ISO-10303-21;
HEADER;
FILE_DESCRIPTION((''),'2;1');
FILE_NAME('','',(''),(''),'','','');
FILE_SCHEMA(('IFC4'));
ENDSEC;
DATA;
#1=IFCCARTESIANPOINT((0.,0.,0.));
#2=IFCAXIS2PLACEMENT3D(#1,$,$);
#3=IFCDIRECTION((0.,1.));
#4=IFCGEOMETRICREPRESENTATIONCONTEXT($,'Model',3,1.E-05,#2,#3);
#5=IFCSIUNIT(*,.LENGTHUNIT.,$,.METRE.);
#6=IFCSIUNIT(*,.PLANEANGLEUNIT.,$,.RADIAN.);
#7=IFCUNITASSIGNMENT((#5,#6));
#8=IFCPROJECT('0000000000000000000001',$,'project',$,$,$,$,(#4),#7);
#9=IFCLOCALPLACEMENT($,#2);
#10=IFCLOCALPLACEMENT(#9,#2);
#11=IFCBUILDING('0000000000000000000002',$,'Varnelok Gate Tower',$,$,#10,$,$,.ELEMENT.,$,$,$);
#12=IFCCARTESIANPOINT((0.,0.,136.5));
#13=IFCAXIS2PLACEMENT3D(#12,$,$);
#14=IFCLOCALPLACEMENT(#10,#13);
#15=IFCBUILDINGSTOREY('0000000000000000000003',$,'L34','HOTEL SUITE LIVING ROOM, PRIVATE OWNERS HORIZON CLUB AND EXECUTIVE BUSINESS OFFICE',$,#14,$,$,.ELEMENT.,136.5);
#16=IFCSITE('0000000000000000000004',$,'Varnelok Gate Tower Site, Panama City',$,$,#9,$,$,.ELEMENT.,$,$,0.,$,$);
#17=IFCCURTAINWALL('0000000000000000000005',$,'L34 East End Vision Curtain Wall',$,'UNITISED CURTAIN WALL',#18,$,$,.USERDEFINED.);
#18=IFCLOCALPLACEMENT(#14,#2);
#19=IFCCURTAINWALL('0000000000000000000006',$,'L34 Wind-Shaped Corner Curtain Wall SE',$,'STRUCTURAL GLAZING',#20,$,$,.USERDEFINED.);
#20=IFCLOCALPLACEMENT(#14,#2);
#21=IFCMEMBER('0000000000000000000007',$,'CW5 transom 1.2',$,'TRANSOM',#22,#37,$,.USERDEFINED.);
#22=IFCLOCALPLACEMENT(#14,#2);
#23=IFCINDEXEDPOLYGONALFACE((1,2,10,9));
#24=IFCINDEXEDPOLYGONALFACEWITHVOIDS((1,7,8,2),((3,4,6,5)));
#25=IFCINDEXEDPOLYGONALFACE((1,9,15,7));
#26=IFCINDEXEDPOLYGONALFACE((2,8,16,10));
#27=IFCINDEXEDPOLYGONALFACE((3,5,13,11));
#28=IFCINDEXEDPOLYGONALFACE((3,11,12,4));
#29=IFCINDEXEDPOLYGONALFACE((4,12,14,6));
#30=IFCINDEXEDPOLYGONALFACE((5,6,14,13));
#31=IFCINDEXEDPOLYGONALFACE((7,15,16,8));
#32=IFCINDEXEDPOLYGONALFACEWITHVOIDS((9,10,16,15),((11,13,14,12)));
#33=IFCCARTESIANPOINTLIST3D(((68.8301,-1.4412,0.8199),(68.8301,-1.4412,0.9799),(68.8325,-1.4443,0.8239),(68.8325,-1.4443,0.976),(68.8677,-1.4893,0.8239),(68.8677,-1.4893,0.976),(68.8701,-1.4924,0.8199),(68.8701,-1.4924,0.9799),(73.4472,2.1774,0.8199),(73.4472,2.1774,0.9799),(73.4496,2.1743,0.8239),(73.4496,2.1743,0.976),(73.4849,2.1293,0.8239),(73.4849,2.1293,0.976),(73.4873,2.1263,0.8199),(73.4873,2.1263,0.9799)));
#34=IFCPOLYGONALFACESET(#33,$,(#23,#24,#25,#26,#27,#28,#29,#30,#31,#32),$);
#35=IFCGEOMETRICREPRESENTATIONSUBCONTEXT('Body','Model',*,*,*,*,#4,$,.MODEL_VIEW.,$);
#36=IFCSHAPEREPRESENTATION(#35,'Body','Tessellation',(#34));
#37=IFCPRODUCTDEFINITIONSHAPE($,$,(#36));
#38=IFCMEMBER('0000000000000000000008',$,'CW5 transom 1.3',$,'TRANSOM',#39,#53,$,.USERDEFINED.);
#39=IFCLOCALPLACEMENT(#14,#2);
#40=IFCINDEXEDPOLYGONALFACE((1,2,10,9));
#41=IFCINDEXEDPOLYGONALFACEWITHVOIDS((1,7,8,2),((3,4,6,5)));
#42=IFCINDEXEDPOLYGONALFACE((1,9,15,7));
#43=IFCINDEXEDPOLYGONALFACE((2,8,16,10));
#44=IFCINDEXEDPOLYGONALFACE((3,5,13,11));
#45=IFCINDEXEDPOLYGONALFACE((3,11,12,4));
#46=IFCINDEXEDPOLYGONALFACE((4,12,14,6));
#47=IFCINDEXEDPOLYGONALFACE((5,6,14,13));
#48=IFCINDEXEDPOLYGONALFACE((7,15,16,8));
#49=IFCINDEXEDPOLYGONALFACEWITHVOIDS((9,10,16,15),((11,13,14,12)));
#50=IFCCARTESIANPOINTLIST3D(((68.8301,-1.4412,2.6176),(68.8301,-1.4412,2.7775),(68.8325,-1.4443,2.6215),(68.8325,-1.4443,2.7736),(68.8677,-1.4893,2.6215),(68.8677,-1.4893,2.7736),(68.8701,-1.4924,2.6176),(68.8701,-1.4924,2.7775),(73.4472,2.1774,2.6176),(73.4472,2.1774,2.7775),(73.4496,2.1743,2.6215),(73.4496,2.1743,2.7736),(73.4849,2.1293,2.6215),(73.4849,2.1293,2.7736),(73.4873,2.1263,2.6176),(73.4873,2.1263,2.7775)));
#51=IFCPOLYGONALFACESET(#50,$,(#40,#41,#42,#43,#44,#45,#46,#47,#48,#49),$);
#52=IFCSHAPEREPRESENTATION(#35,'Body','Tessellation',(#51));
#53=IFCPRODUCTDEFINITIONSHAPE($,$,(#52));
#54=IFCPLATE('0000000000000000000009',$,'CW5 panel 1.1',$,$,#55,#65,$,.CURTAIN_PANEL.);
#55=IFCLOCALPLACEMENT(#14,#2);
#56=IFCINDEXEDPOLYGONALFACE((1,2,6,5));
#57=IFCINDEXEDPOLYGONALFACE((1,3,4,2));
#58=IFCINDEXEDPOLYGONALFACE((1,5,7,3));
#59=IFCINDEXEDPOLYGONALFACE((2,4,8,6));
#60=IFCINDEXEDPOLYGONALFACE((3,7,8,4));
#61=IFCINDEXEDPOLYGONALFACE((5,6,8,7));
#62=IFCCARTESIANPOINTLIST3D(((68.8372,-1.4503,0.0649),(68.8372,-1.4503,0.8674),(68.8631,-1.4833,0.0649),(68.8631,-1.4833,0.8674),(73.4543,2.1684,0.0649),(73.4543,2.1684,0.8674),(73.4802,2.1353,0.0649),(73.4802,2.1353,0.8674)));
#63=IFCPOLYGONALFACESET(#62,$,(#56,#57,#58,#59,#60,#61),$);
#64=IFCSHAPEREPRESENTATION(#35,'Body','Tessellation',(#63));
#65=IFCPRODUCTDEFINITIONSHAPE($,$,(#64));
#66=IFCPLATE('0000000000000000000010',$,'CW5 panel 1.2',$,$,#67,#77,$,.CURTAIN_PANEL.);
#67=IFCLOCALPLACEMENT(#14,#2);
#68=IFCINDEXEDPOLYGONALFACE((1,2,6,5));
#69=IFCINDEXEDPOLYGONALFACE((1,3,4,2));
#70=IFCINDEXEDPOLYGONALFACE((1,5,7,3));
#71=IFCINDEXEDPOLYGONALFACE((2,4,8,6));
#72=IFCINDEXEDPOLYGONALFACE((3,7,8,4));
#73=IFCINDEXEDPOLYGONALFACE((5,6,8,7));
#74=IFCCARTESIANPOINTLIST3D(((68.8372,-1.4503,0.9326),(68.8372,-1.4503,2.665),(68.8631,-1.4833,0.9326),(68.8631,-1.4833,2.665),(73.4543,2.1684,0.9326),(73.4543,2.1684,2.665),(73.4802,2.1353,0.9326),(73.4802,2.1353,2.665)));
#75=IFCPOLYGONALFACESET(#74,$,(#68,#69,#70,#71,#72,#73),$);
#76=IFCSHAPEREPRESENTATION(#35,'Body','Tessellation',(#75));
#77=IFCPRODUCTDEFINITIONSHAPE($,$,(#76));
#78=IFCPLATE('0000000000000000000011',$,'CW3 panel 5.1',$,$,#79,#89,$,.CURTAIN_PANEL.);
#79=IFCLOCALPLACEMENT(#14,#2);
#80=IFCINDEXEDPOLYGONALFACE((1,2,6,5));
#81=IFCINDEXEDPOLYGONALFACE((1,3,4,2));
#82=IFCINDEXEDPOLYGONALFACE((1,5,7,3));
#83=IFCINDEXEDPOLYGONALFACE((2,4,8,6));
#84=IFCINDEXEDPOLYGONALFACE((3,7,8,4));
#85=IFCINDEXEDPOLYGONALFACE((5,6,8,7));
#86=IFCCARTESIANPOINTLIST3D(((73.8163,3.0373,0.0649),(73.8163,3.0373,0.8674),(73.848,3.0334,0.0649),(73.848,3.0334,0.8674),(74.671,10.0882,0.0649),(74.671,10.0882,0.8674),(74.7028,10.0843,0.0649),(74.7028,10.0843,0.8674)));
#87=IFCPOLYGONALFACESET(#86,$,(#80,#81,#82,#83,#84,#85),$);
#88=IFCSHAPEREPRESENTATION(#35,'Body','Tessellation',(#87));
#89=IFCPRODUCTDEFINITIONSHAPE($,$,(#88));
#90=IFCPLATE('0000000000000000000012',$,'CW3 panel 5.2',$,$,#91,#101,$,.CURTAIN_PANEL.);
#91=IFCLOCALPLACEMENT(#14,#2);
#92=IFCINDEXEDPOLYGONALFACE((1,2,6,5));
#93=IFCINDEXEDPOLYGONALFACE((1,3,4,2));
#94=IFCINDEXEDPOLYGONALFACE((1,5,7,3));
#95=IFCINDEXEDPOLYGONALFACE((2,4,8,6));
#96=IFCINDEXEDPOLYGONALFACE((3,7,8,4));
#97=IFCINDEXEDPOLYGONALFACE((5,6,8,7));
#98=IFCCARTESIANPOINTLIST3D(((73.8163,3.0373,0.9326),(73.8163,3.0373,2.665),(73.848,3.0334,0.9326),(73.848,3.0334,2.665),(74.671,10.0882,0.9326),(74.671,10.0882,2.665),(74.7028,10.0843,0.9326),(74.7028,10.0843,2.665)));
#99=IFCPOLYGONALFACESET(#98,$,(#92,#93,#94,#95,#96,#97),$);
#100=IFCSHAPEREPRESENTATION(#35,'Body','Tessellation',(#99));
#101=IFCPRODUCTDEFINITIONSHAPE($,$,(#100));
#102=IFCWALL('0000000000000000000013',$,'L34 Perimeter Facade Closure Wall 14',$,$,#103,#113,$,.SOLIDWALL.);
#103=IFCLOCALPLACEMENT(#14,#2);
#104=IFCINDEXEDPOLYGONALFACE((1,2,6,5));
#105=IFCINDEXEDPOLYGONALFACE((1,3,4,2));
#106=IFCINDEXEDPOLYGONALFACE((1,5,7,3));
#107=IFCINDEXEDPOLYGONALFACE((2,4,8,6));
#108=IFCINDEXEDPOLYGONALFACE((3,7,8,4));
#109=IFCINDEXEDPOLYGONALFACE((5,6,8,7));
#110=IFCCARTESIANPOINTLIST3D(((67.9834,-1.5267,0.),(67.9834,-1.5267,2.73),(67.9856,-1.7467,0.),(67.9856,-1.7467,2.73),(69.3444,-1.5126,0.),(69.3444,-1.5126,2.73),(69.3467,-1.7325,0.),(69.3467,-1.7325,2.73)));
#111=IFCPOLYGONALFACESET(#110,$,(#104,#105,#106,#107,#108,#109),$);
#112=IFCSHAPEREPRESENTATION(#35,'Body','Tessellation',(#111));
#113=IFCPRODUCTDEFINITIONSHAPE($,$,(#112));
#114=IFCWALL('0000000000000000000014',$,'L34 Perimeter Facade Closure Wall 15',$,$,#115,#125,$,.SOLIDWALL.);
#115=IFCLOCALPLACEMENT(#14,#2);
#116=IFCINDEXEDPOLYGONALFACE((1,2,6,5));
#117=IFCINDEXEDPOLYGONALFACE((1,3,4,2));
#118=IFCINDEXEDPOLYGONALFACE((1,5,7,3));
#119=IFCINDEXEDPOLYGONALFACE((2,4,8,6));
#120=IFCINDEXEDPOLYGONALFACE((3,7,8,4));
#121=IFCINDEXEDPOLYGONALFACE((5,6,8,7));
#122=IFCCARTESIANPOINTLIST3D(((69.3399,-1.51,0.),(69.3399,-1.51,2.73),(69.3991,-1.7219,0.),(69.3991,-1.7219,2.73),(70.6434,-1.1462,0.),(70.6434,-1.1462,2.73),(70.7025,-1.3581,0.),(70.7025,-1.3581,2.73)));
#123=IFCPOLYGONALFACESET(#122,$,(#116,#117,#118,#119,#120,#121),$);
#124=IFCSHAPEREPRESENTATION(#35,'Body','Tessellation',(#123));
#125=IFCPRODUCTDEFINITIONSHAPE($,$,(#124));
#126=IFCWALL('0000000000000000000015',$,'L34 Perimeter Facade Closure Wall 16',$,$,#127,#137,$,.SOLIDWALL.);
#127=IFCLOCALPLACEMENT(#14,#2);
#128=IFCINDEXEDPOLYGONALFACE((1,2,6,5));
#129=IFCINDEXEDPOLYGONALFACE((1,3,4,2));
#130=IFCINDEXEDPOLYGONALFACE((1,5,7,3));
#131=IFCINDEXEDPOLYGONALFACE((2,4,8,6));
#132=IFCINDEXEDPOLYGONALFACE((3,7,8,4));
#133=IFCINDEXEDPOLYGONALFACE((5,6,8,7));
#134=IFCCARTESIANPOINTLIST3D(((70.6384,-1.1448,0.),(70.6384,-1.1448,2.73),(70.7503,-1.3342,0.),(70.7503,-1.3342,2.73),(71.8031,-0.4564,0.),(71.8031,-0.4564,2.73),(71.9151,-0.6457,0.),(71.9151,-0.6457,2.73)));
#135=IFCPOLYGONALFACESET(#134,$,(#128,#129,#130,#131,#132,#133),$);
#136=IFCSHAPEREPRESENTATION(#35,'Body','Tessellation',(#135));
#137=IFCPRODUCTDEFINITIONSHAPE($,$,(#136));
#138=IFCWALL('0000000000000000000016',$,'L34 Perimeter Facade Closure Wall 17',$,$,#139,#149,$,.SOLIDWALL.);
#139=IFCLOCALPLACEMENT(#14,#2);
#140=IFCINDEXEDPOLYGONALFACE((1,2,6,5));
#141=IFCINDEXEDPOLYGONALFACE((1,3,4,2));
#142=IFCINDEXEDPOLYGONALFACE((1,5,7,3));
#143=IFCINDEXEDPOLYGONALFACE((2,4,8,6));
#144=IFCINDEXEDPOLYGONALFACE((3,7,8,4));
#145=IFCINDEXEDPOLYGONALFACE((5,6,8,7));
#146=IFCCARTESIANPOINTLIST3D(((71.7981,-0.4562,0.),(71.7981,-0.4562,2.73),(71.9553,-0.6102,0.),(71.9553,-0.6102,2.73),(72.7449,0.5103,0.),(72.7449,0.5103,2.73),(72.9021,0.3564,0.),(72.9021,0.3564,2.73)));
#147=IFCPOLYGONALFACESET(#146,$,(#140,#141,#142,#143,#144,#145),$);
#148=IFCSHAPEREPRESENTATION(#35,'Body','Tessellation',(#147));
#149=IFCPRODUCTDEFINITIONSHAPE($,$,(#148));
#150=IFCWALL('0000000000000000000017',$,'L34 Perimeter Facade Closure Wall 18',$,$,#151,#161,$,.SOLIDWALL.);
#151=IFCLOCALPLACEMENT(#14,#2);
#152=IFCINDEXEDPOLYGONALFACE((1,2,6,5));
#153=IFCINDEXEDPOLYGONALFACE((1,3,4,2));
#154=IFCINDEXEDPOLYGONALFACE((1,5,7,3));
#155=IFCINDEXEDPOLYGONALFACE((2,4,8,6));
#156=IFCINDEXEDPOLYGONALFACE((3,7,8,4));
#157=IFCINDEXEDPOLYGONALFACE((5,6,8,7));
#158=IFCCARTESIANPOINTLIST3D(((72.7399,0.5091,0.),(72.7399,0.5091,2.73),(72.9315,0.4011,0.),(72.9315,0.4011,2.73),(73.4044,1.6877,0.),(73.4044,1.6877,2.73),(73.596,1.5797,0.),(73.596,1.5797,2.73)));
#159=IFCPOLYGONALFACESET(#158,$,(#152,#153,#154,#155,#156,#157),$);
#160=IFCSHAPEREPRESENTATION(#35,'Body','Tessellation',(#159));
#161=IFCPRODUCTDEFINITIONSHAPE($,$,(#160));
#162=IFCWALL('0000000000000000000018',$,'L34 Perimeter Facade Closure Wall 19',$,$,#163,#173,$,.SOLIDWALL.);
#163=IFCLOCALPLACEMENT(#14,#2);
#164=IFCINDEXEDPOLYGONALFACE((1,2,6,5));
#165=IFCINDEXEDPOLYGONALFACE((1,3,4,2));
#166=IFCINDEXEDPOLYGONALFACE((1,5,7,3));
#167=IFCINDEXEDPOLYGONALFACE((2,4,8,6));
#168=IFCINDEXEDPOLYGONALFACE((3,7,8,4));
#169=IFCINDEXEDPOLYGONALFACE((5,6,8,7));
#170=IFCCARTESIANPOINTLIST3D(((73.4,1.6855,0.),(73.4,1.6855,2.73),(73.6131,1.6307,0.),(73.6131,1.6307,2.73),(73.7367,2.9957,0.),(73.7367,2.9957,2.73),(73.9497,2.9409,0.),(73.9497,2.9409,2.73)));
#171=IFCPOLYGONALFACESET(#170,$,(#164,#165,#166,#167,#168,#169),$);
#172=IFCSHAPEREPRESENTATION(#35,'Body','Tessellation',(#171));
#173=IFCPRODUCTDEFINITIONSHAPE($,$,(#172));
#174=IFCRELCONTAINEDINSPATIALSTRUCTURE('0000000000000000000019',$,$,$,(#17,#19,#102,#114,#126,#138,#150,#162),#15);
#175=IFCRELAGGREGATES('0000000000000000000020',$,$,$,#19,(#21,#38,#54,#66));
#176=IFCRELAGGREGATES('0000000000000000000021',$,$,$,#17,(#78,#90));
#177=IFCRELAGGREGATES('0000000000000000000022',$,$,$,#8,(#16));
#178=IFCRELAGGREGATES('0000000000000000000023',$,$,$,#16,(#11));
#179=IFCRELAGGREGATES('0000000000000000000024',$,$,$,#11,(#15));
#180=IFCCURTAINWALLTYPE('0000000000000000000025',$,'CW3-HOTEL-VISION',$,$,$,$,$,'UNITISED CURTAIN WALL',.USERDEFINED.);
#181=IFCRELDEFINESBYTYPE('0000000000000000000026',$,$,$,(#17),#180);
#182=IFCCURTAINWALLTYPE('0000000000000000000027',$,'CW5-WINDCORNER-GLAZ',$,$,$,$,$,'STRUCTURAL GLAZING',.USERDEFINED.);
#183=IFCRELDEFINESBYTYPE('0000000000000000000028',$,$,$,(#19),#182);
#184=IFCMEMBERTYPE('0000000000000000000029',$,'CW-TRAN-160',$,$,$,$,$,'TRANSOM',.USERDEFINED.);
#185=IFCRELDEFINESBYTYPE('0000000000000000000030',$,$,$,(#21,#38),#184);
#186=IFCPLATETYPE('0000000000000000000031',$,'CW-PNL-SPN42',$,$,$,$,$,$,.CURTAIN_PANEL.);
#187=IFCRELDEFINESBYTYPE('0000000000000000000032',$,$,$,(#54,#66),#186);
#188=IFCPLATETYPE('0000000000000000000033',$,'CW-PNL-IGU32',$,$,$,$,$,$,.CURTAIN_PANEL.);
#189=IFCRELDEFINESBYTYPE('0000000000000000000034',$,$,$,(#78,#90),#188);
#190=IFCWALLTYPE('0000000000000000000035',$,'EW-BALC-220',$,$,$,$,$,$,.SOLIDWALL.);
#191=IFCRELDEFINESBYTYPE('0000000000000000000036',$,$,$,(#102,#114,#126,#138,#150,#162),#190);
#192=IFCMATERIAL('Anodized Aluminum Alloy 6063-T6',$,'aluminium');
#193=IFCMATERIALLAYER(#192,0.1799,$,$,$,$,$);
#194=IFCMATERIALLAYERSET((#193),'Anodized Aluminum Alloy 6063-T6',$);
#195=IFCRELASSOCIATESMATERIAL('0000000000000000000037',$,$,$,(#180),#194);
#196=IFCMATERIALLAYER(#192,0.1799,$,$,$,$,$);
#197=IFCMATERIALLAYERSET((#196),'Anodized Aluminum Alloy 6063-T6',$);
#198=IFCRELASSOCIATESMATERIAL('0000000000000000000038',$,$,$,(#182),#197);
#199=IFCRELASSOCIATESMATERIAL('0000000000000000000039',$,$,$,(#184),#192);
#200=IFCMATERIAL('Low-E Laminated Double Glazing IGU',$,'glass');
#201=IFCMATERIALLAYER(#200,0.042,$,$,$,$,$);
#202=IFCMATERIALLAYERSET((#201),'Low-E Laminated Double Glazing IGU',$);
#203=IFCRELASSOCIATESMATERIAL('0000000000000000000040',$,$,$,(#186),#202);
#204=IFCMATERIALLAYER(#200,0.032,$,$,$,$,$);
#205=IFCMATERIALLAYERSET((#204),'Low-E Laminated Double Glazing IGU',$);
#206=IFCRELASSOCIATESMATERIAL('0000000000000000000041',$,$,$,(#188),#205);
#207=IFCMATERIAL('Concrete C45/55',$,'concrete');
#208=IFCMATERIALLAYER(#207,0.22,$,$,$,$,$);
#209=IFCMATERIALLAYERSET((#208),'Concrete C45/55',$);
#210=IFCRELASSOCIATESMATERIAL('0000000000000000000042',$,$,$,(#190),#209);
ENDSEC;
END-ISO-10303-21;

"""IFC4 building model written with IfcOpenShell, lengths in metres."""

from ifc_helpers import new_model, si_unit, direction, frame, frame_2d, origin, origin_2d, place, context, subcontext, project, spatial, rectangle, hollow_rectangle, extrude, source, transform, mapped, material, layer, layer_set, material_profile, profile_set, type_object, element, aggregate, save


model = new_model("IFC4")

# Units and contexts
model_context = context("Model", 3, precision=1e-05, world=origin(), true_north=direction((0.0, 1.0)))
body_context = subcontext(model_context, "Body", "Model", "MODEL_VIEW")
ifc_project = project(units=[si_unit("LENGTHUNIT", "METRE"), si_unit("PLANEANGLEUNIT", "RADIAN")], contexts=[model_context])

# Site, building, storey
site_placement = place(None, origin())
site = spatial("IfcSite", under=ifc_project, at=site_placement, Name="Varnelok Gate Tower Site, Panama City", CompositionType="ELEMENT", RefElevation=0.0)
building_placement = place(site_placement, origin())
building = spatial("IfcBuilding", under=site, at=building_placement, Name="Varnelok Gate Tower", CompositionType="ELEMENT")
storey_placement = place(building_placement, frame((0.0, 0.0, 136.5)))
storey = spatial("IfcBuildingStorey", under=building, at=storey_placement, Name="L34", Description="HOTEL SUITE LIVING ROOM, PRIVATE OWNERS HORIZON CLUB AND EXECUTIVE BUSINESS OFFICE", CompositionType="ELEMENT", Elevation=136.5)

# Curtain walls
ifc_material_1 = material(Name="Anodized Aluminum Alloy 6063-T6", Category="aluminium")
ifc_layer_1 = layer(ifc_material_1, 0.1799)
ifc_layer_set_1 = layer_set([ifc_layer_1], Name="Anodized Aluminum Alloy 6063-T6")
curtain_wall_type_1 = type_object("IfcCurtainWallType", Name="CW3-HOTEL-VISION", ElementType="UNITISED CURTAIN WALL", PredefinedType="USERDEFINED", material=ifc_layer_set_1)
curtain_wall_1_placement = place(storey_placement, origin())
curtain_wall_1 = element("IfcCurtainWall", 1, at=curtain_wall_1_placement, inside=storey, type_object=curtain_wall_type_1, Name="L34 East End Vision Curtain Wall", ObjectType="UNITISED CURTAIN WALL", PredefinedType="USERDEFINED")
ifc_layer_2 = layer(ifc_material_1, 0.1799)
ifc_layer_set_2 = layer_set([ifc_layer_2], Name="Anodized Aluminum Alloy 6063-T6")
curtain_wall_type_2 = type_object("IfcCurtainWallType", Name="CW5-WINDCORNER-GLAZ", ElementType="STRUCTURAL GLAZING", PredefinedType="USERDEFINED", material=ifc_layer_set_2)
curtain_wall_2_placement = place(storey_placement, origin())
curtain_wall_2 = element("IfcCurtainWall", 2, at=curtain_wall_2_placement, inside=storey, type_object=curtain_wall_type_2, Name="L34 Wind-Shaped Corner Curtain Wall SE", ObjectType="STRUCTURAL GLAZING", PredefinedType="USERDEFINED")

# Members
ifc_material_profile_1 = material_profile(ifc_material_1, hollow_rectangle(XDim=0.0649, YDim=0.1599, WallThickness=0.0039, at=origin_2d()), Name="ALU160X65X4")
ifc_profile_set_1 = profile_set([ifc_material_profile_1], Name="Anodized Aluminum Alloy 6063-T6")
member_type_1 = type_object("IfcMemberType", Name="CW-TRAN-160", ElementType="TRANSOM", PredefinedType="USERDEFINED", material=ifc_profile_set_1)
member_1_placement = place(storey_placement, frame((68.8501, -1.4668, 0.8999), z_axis=(0.787074, 0.616858, 0.0), x_axis=(-0.616858, 0.787074, 0.0)))
member_1 = element("IfcMember", 3, at=member_1_placement, type_object=member_type_1, Name="CW5 transom 1.2", ObjectType="TRANSOM", PredefinedType="USERDEFINED", context=body_context, shape_type="SweptSolid", body=[
    extrude(hollow_rectangle(XDim=0.0649, YDim=0.1599, WallThickness=0.0039, at=origin_2d()), origin(), (0.0, 0.0, 1.0), 5.8662),
])
member_2_placement = place(storey_placement, frame((68.8501, -1.4668, 2.6975), z_axis=(0.787074, 0.616858, 0.0), x_axis=(-0.616858, 0.787074, 0.0)))
member_2 = element("IfcMember", 4, at=member_2_placement, type_object=member_type_1, Name="CW5 transom 1.3", ObjectType="TRANSOM", PredefinedType="USERDEFINED", context=body_context, shape_type="SweptSolid", body=[
    extrude(hollow_rectangle(XDim=0.0649, YDim=0.1599, WallThickness=0.0039, at=origin_2d()), origin(), (0.0, 0.0, 1.0), 5.8662),
])

# Plates
ifc_material_2 = material(Name="Low-E Laminated Double Glazing IGU", Category="glass")
ifc_layer_3 = layer(ifc_material_2, 0.042)
ifc_layer_set_3 = layer_set([ifc_layer_3], Name="Low-E Laminated Double Glazing IGU")
plate_type_1 = type_object("IfcPlateType", Name="CW-PNL-SPN42", PredefinedType="CURTAIN_PANEL", material=ifc_layer_set_3)
shared_shape_1 = source(origin(), body_context, "Body", "SweptSolid", [
    extrude(rectangle(XDim=5.8662, YDim=0.042, at=origin_2d()), origin(), (0.0, 0.0, 1.0), 0.8025),
])
plate_1_placement = place(storey_placement, frame((71.1587, 0.3425, 0.0649), z_axis=(0.0, 0.0, 1.0), x_axis=(0.787069, 0.616864, 0.0)))
plate_1 = element("IfcPlate", 5, at=plate_1_placement, type_object=plate_type_1, Name="CW5 panel 1.1", PredefinedType="CURTAIN_PANEL", context=body_context, shape_type="MappedRepresentation", body=[
    mapped(shared_shape_1, transform((0.0, 0.0, 0.0), scale=1.0)),
])
shared_shape_2 = source(origin(), body_context, "Body", "SweptSolid", [
    extrude(rectangle(XDim=5.8662, YDim=0.042, at=origin_2d()), origin(), (0.0, 0.0, 1.0), 1.7324),
])
plate_2_placement = place(storey_placement, frame((71.1587, 0.3425, 0.9326), z_axis=(0.0, 0.0, 1.0), x_axis=(0.787069, 0.616864, 0.0)))
plate_2 = element("IfcPlate", 6, at=plate_2_placement, type_object=plate_type_1, Name="CW5 panel 1.2", PredefinedType="CURTAIN_PANEL", context=body_context, shape_type="MappedRepresentation", body=[
    mapped(shared_shape_2, transform((0.0, 0.0, 0.0), scale=1.0)),
])
aggregate(curtain_wall_2, [member_1, member_2, plate_1, plate_2])
ifc_layer_4 = layer(ifc_material_2, 0.032)
ifc_layer_set_4 = layer_set([ifc_layer_4], Name="Low-E Laminated Double Glazing IGU")
plate_type_2 = type_object("IfcPlateType", Name="CW-PNL-IGU32", PredefinedType="CURTAIN_PANEL", material=ifc_layer_set_4)
shared_shape_3 = source(origin(), body_context, "Body", "SweptSolid", [
    extrude(rectangle(XDim=7.1025, YDim=0.032, at=origin_2d()), origin(), (0.0, 0.0, 1.0), 0.8025),
])
plate_3_placement = place(storey_placement, frame((74.2595, 6.5608, 0.0649), z_axis=(0.0, 0.0, 1.0), x_axis=(-0.120347, -0.992732, 0.0)))
plate_3 = element("IfcPlate", 7, at=plate_3_placement, type_object=plate_type_2, Name="CW3 panel 5.1", PredefinedType="CURTAIN_PANEL", context=body_context, shape_type="MappedRepresentation", body=[
    mapped(shared_shape_3, transform((0.0, 0.0, 0.0), scale=1.0)),
])
shared_shape_4 = source(origin(), body_context, "Body", "SweptSolid", [
    extrude(rectangle(XDim=7.1025, YDim=0.032, at=origin_2d()), origin(), (0.0, 0.0, 1.0), 1.7324),
])
plate_4_placement = place(storey_placement, frame((74.2595, 6.5608, 0.9326), z_axis=(0.0, 0.0, 1.0), x_axis=(-0.120347, -0.992732, 0.0)))
plate_4 = element("IfcPlate", 8, at=plate_4_placement, type_object=plate_type_2, Name="CW3 panel 5.2", PredefinedType="CURTAIN_PANEL", context=body_context, shape_type="MappedRepresentation", body=[
    mapped(shared_shape_4, transform((0.0, 0.0, 0.0), scale=1.0)),
])
aggregate(curtain_wall_1, [plate_3, plate_4])

# Walls
ifc_material_3 = material(Name="Concrete C45/55", Category="concrete")
ifc_layer_5 = layer(ifc_material_3, 0.22)
ifc_layer_set_5 = layer_set([ifc_layer_5], Name="Concrete C45/55")
wall_type = type_object("IfcWallType", Name="EW-BALC-220", PredefinedType="SOLIDWALL", material=ifc_layer_set_5)
wall_1_placement = place(storey_placement, frame((67.9844, -1.6367, 0.0), z_axis=(0.0, 0.0, 1.0), x_axis=(0.999946, 0.010403, 0.0)))
element("IfcWall", 9, at=wall_1_placement, inside=storey, type_object=wall_type, Name="L34 Perimeter Facade Closure Wall 14", PredefinedType="SOLIDWALL", context=body_context, shape_type="SweptSolid", body=[
    extrude(rectangle(XDim=1.3611, YDim=0.22, at=frame_2d((0.6807, 0.0))), origin(), (0.0, 0.0, 1.0), 2.73),
])
wall_2_placement = place(storey_placement, frame((69.3694, -1.616, 0.0), z_axis=(0.0, 0.0, 1.0), x_axis=(0.963194, 0.268807, 0.0)))
element("IfcWall", 10, at=wall_2_placement, inside=storey, type_object=wall_type, Name="L34 Perimeter Facade Closure Wall 15", PredefinedType="SOLIDWALL", context=body_context, shape_type="SweptSolid", body=[
    extrude(rectangle(XDim=1.3533, YDim=0.22, at=frame_2d((0.6768, 0.0))), origin(), (0.0, 0.0, 1.0), 2.73),
])
for number, where, z_axis, x_axis, name in (
    (11, (70.6943, -1.2395, 0.0), (0.0, 0.0, 1.0), (0.860865, 0.508833, 0.0), "L34 Perimeter Facade Closure Wall 16"),
    (12, (71.8767, -0.5332, 0.0), (0.0, 0.0, 1.0), (0.699761, 0.714377, 0.0), "L34 Perimeter Facade Closure Wall 17"),
    (13, (72.8357, 0.4551, 0.0), (0.0, 0.0, 1.0), (0.491118, 0.871093, 0.0), "L34 Perimeter Facade Closure Wall 18"),
):
    element("IfcWall", number, at=place(storey_placement, frame(where, z_axis=z_axis, x_axis=x_axis)), inside=storey, type_object=wall_type, Name=name, PredefinedType="SOLIDWALL", context=body_context, shape_type="SweptSolid", body=[
        extrude(rectangle(XDim=1.353, YDim=0.22, at=frame_2d((0.6765, 0.0))), origin(), (0.0, 0.0, 1.0), 2.73),
    ])
wall_3_placement = place(storey_placement, frame((73.5066, 1.6582, 0.0), z_axis=(0.0, 0.0, 1.0), x_axis=(0.248857, 0.96854, 0.0)))
element("IfcWall", 14, at=wall_3_placement, inside=storey, type_object=wall_type, Name="L34 Perimeter Facade Closure Wall 19", PredefinedType="SOLIDWALL", context=body_context, shape_type="SweptSolid", body=[
    extrude(rectangle(XDim=1.3528, YDim=0.22, at=frame_2d((0.6763, 0.0))), origin(), (0.0, 0.0, 1.0), 2.73),
])

save(model, "model.ifc")
